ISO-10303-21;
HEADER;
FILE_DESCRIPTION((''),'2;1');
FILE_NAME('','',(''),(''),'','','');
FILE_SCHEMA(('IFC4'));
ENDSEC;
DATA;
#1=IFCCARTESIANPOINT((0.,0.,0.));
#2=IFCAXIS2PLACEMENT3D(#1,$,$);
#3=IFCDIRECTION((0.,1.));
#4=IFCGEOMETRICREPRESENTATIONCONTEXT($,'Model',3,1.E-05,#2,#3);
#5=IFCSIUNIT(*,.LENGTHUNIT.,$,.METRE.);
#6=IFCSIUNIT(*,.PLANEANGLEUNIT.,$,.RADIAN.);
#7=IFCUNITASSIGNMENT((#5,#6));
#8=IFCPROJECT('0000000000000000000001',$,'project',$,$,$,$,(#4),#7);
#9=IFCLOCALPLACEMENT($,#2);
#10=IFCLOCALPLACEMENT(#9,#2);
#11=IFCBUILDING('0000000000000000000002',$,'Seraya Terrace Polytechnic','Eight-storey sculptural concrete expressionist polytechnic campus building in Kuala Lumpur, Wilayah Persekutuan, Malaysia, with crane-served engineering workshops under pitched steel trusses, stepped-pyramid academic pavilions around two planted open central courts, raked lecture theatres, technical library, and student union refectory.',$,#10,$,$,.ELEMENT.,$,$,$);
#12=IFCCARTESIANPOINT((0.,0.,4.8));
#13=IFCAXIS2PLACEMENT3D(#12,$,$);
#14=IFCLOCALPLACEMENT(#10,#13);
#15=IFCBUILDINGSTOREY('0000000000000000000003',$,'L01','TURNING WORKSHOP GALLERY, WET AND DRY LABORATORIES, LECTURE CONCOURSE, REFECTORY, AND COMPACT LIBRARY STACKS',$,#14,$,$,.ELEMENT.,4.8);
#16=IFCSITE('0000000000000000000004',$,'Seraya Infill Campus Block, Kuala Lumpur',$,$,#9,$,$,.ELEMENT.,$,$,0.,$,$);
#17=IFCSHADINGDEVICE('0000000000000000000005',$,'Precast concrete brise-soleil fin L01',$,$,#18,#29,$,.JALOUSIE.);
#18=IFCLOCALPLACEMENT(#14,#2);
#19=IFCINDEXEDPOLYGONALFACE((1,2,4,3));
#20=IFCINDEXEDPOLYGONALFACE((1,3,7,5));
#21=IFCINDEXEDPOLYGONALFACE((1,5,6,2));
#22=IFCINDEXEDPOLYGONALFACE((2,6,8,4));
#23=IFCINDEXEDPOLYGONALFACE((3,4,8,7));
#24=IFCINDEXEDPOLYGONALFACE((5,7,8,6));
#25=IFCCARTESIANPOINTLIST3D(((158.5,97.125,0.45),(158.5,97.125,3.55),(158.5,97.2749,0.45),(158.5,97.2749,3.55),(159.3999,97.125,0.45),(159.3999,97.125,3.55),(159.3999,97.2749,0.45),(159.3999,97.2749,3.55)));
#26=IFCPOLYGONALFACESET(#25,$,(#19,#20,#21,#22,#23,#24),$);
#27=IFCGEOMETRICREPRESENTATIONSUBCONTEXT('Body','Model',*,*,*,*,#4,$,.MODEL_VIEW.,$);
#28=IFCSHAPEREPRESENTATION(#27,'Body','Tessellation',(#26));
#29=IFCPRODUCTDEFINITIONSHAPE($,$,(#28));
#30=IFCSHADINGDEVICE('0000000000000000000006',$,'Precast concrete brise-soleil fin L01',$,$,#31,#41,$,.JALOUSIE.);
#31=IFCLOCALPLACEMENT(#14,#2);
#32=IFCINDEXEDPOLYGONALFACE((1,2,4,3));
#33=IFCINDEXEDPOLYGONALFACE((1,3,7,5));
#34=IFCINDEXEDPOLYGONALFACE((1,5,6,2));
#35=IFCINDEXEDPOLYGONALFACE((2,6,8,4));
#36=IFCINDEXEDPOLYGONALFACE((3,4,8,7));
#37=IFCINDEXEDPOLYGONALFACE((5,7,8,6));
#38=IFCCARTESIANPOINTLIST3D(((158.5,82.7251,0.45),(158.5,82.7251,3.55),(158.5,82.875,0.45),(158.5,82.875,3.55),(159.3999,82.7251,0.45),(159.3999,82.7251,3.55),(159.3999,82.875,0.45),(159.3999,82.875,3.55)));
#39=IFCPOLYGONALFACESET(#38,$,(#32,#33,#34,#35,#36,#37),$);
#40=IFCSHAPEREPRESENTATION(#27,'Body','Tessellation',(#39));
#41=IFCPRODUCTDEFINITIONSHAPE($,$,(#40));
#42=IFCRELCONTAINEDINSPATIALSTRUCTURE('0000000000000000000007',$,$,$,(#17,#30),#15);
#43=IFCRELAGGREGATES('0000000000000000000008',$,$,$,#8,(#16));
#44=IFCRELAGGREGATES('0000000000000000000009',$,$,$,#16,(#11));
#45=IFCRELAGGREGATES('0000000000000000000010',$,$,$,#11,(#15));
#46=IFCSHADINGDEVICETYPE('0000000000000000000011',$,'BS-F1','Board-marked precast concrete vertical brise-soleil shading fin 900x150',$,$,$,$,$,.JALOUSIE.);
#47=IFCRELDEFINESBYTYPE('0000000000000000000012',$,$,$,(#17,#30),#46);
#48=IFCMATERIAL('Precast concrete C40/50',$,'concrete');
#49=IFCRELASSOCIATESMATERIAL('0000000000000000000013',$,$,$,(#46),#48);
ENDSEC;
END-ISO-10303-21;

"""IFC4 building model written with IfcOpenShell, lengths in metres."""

from ifc_helpers import new_model, si_unit, direction, frame, origin, origin_2d, place, context, subcontext, project, spatial, rectangle, extrude, material, type_object, element, save


model = new_model("IFC4")

# Units and contexts
model_context = context("Model", 3, precision=1e-05, world=origin(), true_north=direction((0.0, 1.0)))
body_context = subcontext(model_context, "Body", "Model", "MODEL_VIEW")
ifc_project = project(units=[si_unit("LENGTHUNIT", "METRE"), si_unit("PLANEANGLEUNIT", "RADIAN")], contexts=[model_context])

# Site, building, storey
site_placement = place(None, origin())
site = spatial("IfcSite", under=ifc_project, at=site_placement, Name="Seraya Infill Campus Block, Kuala Lumpur", CompositionType="ELEMENT", RefElevation=0.0)
building_placement = place(site_placement, origin())
building = spatial("IfcBuilding", under=site, at=building_placement, Name="Seraya Terrace Polytechnic", Description="Eight-storey sculptural concrete expressionist polytechnic campus building in Kuala Lumpur, Wilayah Persekutuan, Malaysia, with crane-served engineering workshops under pitched steel trusses, stepped-pyramid academic pavilions around two planted open central courts, raked lecture theatres, technical library, and student union refectory.", CompositionType="ELEMENT")
storey_placement = place(building_placement, frame((0.0, 0.0, 4.8)))
storey = spatial("IfcBuildingStorey", under=building, at=storey_placement, Name="L01", Description="TURNING WORKSHOP GALLERY, WET AND DRY LABORATORIES, LECTURE CONCOURSE, REFECTORY, AND COMPACT LIBRARY STACKS", CompositionType="ELEMENT", Elevation=4.8)

# Shared definitions
ifc_material_1 = material(Name="Precast concrete C40/50", Category="concrete")

# Shading devices
shading_device_type = type_object("IfcShadingDeviceType", Name="BS-F1", Description="Board-marked precast concrete vertical brise-soleil shading fin 900x150", PredefinedType="JALOUSIE", material=ifc_material_1)
for number, where, z_axis, x_axis, name in (
    (1, (158.95, 97.2, 0.45), (0.0, 0.0, 1.0), (1.0, 0.0, 0.0), "Precast concrete brise-soleil fin L01"),
    (2, (158.95, 82.8, 0.45), (0.0, 0.0, 1.0), (1.0, 0.0, 0.0), "Precast concrete brise-soleil fin L01"),
):
    element("IfcShadingDevice", number, at=place(storey_placement, frame(where, z_axis=z_axis, x_axis=x_axis)), inside=storey, type_object=shading_device_type, Name=name, PredefinedType="JALOUSIE", context=body_context, shape_type="SweptSolid", body=[
        extrude(rectangle(XDim=0.8999, YDim=0.1499, at=origin_2d()), origin(), (0.0, 0.0, 1.0), 3.1001),
    ])

save(model, "model.ifc")
